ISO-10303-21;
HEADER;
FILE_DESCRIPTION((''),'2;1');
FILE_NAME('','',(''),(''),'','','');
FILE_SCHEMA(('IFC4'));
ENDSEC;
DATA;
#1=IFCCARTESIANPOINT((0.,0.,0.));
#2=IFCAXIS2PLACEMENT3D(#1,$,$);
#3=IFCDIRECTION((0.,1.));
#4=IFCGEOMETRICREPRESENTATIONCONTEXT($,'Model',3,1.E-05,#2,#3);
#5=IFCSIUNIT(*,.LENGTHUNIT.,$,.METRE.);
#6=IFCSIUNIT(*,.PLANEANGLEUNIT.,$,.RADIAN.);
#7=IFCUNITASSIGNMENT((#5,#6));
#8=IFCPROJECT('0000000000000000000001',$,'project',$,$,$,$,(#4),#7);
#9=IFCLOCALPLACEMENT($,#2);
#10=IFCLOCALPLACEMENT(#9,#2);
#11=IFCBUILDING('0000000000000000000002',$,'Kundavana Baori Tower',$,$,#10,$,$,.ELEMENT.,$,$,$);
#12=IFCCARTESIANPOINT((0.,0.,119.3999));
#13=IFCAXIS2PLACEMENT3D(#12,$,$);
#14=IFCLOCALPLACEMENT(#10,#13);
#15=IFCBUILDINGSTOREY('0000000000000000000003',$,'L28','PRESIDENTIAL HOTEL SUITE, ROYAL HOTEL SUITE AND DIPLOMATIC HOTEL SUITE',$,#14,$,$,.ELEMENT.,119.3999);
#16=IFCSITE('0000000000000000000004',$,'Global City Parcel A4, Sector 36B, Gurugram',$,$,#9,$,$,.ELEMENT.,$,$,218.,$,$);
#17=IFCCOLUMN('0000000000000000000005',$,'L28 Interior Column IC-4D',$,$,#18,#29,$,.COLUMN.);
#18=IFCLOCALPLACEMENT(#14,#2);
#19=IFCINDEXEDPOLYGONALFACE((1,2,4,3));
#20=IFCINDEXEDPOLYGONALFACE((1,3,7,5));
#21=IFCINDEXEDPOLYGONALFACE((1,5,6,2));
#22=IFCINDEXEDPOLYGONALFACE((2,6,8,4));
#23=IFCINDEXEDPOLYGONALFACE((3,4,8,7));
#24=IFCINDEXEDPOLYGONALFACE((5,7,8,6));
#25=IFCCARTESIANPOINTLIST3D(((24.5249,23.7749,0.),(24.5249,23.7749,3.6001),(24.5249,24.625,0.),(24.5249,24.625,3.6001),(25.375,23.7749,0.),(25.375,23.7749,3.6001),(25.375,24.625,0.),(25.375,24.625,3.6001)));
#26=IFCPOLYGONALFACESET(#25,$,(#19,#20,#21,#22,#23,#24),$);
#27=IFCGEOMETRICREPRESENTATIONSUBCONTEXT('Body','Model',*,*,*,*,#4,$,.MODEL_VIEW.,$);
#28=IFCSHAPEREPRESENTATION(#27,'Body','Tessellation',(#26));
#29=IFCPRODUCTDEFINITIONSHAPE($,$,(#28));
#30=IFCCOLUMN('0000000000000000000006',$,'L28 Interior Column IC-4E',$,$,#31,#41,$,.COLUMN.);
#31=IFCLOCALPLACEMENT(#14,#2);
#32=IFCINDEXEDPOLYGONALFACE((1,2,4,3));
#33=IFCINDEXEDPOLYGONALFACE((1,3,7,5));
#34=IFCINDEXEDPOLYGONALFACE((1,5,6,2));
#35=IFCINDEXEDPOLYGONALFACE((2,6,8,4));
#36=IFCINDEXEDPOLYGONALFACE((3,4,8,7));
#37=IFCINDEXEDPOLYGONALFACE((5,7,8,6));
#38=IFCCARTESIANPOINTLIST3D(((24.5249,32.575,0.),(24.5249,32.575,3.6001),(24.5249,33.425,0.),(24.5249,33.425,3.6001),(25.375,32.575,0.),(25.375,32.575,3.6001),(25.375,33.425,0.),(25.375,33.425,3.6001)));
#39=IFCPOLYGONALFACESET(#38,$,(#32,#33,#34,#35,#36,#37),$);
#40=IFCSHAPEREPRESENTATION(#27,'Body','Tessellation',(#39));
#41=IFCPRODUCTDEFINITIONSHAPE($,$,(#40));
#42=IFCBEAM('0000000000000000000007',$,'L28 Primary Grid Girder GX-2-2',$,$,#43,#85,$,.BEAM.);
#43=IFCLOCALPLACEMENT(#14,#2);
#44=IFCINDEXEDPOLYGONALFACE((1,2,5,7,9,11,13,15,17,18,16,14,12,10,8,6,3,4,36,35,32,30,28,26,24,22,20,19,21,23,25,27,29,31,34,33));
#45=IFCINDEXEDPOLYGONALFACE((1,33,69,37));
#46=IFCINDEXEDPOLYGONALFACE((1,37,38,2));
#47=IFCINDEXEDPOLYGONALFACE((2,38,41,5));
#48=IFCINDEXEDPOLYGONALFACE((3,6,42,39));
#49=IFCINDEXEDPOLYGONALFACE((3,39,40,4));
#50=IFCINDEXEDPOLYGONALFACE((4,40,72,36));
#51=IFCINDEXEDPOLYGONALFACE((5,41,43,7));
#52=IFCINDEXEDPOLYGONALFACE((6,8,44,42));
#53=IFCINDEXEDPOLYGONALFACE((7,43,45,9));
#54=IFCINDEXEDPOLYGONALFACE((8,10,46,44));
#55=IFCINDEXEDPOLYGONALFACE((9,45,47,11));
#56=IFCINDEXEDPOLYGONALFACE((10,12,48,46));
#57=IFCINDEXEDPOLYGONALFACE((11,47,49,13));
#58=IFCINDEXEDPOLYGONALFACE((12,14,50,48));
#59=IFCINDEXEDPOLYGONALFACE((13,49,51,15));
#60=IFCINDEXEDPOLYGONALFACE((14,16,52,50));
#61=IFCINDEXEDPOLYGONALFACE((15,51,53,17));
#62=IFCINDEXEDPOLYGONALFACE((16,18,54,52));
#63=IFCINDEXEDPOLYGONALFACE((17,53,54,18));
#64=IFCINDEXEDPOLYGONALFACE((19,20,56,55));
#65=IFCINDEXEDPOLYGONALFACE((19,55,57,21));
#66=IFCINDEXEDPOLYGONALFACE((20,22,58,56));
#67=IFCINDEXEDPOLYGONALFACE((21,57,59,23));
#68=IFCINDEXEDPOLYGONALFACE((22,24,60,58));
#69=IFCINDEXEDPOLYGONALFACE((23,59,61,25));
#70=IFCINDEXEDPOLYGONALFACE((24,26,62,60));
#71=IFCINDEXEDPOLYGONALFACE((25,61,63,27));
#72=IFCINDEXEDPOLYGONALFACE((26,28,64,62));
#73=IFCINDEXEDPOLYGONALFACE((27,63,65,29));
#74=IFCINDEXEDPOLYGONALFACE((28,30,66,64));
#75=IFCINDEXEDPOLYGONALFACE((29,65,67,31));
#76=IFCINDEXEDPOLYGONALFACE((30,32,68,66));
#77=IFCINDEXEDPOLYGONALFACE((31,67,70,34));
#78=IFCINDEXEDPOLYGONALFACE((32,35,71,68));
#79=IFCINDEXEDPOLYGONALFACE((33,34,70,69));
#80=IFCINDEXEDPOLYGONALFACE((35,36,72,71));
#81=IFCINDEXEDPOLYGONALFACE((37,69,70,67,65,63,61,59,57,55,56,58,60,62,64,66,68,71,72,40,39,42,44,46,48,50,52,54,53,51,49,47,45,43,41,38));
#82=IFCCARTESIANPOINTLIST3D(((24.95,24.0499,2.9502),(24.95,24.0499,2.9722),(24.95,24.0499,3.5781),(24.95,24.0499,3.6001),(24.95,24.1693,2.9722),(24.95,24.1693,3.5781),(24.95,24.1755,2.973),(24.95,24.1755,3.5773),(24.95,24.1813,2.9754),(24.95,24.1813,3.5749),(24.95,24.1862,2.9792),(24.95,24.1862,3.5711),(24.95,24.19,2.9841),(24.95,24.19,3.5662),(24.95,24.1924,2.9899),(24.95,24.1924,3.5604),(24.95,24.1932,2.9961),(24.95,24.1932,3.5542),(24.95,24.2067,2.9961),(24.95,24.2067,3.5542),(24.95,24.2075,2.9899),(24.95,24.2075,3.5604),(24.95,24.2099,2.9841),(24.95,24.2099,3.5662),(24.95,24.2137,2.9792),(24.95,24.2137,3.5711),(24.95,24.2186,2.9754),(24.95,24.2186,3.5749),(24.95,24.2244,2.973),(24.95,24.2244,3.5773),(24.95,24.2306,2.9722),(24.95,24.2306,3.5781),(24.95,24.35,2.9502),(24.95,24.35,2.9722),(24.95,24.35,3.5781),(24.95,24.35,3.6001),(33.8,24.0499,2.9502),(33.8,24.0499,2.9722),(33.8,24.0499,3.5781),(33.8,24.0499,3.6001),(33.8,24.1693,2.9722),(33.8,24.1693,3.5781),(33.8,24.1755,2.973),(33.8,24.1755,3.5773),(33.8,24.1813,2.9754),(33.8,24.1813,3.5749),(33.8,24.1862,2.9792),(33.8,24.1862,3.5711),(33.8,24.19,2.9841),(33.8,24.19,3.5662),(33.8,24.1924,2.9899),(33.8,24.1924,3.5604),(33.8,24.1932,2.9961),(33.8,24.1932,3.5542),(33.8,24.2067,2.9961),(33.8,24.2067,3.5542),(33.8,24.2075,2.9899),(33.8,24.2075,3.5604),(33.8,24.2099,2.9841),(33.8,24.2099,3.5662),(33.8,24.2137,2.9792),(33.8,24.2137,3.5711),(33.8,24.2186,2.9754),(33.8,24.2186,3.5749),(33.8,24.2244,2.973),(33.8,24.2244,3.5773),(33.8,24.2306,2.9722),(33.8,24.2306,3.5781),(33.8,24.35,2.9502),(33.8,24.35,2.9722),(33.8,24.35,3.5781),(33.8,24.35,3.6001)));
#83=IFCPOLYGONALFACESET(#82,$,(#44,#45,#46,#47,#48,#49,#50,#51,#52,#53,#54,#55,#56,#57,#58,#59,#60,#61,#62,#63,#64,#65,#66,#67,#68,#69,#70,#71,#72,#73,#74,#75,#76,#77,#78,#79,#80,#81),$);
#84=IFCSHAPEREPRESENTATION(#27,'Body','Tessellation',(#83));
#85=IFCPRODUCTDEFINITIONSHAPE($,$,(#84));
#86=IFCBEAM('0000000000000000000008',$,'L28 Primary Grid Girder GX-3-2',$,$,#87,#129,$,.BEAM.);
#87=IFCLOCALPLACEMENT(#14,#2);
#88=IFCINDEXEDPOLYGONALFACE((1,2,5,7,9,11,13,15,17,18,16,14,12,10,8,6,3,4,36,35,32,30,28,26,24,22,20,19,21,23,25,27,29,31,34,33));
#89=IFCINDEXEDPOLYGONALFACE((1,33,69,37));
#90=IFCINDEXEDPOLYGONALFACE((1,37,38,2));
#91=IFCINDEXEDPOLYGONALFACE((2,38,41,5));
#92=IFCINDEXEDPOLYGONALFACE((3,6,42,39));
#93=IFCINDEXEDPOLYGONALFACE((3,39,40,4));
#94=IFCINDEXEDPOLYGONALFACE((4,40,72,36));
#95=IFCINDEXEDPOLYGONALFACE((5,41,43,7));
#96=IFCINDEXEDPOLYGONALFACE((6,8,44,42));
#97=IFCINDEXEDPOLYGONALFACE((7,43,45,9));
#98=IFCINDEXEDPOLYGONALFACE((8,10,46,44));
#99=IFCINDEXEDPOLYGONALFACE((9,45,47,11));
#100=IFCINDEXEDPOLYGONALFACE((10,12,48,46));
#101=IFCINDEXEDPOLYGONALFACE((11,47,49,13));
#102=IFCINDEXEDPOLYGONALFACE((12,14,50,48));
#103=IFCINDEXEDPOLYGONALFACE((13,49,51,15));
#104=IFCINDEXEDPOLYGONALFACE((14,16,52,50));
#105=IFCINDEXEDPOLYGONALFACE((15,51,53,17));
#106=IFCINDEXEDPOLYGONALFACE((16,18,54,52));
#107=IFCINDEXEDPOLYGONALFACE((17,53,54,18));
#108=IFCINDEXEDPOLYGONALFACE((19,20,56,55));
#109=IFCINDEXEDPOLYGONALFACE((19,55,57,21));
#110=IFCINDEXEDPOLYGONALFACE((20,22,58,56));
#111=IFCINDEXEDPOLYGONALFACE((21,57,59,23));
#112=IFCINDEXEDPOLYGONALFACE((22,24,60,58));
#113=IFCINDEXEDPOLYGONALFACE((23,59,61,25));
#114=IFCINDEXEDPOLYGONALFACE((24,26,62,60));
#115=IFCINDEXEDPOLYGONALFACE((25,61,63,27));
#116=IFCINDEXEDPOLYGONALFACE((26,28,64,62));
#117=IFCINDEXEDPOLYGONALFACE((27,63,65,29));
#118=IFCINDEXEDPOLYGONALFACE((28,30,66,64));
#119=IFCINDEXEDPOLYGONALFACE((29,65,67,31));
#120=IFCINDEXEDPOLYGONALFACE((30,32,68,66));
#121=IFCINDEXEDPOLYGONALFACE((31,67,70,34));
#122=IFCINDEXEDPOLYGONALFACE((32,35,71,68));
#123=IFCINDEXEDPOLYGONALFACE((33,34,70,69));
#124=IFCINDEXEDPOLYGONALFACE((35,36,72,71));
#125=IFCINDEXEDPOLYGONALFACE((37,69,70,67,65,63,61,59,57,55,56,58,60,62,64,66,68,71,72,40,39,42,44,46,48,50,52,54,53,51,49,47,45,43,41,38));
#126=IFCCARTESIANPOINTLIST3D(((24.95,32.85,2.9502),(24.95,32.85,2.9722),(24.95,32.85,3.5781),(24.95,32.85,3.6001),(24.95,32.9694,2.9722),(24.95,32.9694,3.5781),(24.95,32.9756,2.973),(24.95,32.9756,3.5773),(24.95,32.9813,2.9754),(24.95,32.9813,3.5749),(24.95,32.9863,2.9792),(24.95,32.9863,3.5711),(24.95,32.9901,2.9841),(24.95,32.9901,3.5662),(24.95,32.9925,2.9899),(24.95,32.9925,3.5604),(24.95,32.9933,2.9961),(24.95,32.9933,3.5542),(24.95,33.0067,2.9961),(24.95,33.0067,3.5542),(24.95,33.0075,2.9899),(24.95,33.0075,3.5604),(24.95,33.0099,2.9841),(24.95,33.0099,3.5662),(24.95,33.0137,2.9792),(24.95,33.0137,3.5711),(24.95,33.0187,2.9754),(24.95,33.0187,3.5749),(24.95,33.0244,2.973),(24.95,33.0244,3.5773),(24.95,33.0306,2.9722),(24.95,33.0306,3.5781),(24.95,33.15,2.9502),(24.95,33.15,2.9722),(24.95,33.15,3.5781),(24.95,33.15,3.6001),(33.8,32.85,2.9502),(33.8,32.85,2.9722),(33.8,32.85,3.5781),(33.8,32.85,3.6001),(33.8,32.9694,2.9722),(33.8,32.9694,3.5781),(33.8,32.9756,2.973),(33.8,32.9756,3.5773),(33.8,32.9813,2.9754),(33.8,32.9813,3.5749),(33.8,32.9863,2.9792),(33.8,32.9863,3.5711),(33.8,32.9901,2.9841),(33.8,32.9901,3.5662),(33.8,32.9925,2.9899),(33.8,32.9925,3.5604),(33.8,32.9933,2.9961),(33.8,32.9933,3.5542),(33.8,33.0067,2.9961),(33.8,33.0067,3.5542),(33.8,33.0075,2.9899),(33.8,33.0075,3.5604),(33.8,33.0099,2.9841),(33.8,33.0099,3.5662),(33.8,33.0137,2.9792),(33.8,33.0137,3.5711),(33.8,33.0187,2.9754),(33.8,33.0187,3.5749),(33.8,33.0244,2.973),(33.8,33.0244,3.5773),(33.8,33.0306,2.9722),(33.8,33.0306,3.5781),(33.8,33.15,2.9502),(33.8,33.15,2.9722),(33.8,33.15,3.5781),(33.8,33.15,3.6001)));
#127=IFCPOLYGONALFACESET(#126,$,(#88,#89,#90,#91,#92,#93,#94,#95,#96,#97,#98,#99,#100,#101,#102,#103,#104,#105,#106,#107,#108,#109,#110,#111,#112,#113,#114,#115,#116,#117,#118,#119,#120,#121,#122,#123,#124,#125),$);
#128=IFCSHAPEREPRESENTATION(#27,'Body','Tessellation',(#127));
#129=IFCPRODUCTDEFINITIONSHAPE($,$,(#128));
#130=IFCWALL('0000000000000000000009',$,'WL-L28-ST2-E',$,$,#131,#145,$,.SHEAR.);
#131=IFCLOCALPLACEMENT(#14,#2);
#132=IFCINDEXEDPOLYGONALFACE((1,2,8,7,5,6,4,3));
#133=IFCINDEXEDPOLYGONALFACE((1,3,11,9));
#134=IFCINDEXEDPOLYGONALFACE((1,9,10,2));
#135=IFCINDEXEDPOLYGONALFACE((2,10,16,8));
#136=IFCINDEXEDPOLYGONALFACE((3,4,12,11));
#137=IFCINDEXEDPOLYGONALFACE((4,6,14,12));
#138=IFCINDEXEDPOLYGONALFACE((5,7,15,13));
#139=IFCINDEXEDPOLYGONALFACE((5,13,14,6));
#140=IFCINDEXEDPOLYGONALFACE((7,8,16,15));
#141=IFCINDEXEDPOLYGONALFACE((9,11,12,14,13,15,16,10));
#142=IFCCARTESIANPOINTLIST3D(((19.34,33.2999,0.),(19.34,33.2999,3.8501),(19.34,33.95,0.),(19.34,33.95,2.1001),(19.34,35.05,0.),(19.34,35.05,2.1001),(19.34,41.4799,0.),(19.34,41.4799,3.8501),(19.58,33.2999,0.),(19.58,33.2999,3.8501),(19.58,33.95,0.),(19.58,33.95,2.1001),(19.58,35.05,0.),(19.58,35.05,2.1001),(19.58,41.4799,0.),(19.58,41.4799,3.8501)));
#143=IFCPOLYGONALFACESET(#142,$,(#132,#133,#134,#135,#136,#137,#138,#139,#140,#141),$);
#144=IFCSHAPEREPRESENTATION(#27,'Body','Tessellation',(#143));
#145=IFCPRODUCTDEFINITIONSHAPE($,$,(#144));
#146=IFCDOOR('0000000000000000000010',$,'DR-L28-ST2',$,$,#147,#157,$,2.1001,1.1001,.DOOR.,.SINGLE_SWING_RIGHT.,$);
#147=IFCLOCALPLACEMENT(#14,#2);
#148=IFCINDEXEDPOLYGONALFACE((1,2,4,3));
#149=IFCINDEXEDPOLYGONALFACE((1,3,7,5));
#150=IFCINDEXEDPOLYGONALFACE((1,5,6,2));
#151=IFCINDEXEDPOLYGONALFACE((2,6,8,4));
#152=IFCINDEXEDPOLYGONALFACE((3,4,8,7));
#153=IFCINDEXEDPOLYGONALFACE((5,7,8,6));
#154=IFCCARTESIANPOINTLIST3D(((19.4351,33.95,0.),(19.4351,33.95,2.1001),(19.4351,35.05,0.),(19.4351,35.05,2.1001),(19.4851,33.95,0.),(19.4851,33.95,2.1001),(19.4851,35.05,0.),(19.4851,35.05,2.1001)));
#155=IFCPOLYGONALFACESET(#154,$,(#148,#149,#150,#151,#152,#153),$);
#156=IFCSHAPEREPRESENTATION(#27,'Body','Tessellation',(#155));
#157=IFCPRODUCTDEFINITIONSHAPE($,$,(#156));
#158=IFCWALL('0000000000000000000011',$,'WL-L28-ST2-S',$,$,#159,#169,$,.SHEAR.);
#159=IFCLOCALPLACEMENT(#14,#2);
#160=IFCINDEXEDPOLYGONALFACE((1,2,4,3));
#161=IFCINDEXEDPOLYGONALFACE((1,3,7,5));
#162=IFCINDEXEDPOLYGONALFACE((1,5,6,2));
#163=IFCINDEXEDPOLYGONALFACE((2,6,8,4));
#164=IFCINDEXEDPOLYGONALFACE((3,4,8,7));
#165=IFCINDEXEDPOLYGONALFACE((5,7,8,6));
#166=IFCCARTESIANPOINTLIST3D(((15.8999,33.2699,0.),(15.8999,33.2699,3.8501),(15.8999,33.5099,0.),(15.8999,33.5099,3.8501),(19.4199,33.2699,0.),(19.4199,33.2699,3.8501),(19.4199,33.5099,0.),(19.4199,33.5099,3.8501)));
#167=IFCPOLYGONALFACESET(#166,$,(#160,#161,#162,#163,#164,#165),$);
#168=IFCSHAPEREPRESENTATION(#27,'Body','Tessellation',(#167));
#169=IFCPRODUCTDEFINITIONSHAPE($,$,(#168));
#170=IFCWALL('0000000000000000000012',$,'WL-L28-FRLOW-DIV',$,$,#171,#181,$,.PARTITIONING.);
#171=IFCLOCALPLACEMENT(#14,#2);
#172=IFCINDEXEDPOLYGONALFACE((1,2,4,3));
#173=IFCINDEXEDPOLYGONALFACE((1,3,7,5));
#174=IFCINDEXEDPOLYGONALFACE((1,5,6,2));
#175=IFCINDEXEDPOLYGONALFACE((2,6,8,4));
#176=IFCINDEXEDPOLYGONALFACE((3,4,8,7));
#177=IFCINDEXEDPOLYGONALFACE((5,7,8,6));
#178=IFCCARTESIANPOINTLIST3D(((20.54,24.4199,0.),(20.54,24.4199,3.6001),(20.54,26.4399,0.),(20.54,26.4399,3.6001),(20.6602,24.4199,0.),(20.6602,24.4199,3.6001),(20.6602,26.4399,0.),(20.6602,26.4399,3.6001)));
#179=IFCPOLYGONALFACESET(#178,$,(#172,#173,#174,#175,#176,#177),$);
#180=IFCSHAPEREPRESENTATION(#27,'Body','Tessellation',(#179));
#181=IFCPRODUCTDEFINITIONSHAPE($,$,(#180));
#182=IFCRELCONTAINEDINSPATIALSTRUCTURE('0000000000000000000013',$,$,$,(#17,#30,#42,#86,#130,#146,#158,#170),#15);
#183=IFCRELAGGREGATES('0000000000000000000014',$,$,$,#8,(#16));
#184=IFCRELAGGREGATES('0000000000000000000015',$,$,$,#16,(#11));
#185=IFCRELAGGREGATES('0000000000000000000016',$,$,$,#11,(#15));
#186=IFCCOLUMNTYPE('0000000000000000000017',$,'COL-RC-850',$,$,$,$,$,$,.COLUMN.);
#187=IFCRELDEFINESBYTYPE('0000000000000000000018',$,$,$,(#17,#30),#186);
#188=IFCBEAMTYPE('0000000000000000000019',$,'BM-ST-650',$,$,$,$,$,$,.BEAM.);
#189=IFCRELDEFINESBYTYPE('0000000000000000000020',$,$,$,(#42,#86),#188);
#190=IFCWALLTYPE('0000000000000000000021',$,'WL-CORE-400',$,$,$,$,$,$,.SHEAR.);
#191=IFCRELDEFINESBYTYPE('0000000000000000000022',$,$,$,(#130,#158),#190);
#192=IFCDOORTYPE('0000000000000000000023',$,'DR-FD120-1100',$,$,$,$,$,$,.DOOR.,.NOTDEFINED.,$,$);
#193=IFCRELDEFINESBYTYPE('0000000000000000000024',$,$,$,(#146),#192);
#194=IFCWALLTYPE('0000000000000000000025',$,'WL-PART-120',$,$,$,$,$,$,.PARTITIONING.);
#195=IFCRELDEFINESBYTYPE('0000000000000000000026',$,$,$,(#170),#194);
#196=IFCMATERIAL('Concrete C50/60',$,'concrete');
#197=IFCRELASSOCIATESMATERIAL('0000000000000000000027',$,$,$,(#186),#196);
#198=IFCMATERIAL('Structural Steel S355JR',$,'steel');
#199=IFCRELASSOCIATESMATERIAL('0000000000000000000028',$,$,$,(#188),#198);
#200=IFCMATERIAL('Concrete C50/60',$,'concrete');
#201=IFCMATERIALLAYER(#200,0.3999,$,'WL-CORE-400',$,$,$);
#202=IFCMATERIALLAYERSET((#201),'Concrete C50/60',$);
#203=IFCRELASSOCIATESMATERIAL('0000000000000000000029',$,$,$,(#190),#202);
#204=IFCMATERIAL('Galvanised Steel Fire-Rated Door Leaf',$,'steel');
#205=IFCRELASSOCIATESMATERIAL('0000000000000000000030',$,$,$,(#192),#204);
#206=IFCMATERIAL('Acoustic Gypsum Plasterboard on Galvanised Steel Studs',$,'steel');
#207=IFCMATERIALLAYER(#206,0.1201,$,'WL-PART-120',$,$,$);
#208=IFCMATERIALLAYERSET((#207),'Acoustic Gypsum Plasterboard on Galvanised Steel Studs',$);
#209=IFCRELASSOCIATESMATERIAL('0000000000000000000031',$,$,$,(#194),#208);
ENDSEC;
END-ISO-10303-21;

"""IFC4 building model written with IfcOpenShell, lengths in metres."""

from ifc_helpers import new_model, si_unit, direction, frame, frame_2d, origin, origin_2d, place, context, subcontext, project, spatial, rectangle, i_section, extrude, material, layer, layer_set, material_profile, profile_set, type_object, element, fill, save


model = new_model("IFC4")

# Units and contexts
model_context = context("Model", 3, precision=1e-05, world=origin(), true_north=direction((0.0, 1.0)))
body_context = subcontext(model_context, "Body", "Model", "MODEL_VIEW")
ifc_project = project(units=[si_unit("LENGTHUNIT", "METRE"), si_unit("PLANEANGLEUNIT", "RADIAN")], contexts=[model_context])

# Site, building, storey
site_placement = place(None, origin())
site = spatial("IfcSite", under=ifc_project, at=site_placement, Name="Global City Parcel A4, Sector 36B, Gurugram", CompositionType="ELEMENT", RefElevation=218.0)
building_placement = place(site_placement, origin())
building = spatial("IfcBuilding", under=site, at=building_placement, Name="Kundavana Baori Tower", CompositionType="ELEMENT")
storey_placement = place(building_placement, frame((0.0, 0.0, 119.3999)))
storey = spatial("IfcBuildingStorey", under=building, at=storey_placement, Name="L28", Description="PRESIDENTIAL HOTEL SUITE, ROYAL HOTEL SUITE AND DIPLOMATIC HOTEL SUITE", CompositionType="ELEMENT", Elevation=119.3999)

# Columns
ifc_material_1 = material(Name="Concrete C50/60", Category="concrete")
ifc_material_profile_1 = material_profile(ifc_material_1, rectangle(XDim=0.8501, YDim=0.8501, at=origin_2d()), Name="RC 850x850")
ifc_profile_set_1 = profile_set([ifc_material_profile_1], Name="Concrete C50/60")
column_type = type_object("IfcColumnType", Name="COL-RC-850", PredefinedType="COLUMN", material=ifc_profile_set_1)
for number, where, z_axis, x_axis, name in (
    (1, (24.95, 24.2, 0.0), (0.0, 0.0, 1.0), (1.0, 0.0, 0.0), "L28 Interior Column IC-4D"),
    (2, (24.95, 33.0, 0.0), (0.0, 0.0, 1.0), (1.0, 0.0, 0.0), "L28 Interior Column IC-4E"),
):
    element("IfcColumn", number, at=place(storey_placement, frame(where, z_axis=z_axis, x_axis=x_axis)), inside=storey, type_object=column_type, Name=name, PredefinedType="COLUMN", context=body_context, shape_type="SweptSolid", body=[
        extrude(rectangle(XDim=0.8501, YDim=0.8501, at=origin_2d()), origin(), (0.0, 0.0, 1.0), 3.6001),
    ])

# Beams
ifc_material_2 = material(Name="Structural Steel S355JR", Category="steel")
ifc_material_profile_2 = material_profile(ifc_material_2, i_section(OverallWidth=0.3, OverallDepth=0.6499, WebThickness=0.0134, FlangeThickness=0.022, FilletRadius=0.0239, at=origin_2d()), Name="NPB 650x300x155")
ifc_profile_set_2 = profile_set([ifc_material_profile_2], Name="Structural Steel S355JR")
beam_type = type_object("IfcBeamType", Name="BM-ST-650", PredefinedType="BEAM", material=ifc_profile_set_2)
for number, where, z_axis, x_axis, name in (
    (3, (24.95, 24.2, 3.2751), (1.0, 0.0, 0.0), (0.0, 1.0, 0.0), "L28 Primary Grid Girder GX-2-2"),
    (4, (24.95, 33.0, 3.2751), (1.0, 0.0, 0.0), (0.0, 1.0, 0.0), "L28 Primary Grid Girder GX-3-2"),
):
    element("IfcBeam", number, at=place(storey_placement, frame(where, z_axis=z_axis, x_axis=x_axis)), inside=storey, type_object=beam_type, Name=name, PredefinedType="BEAM", context=body_context, shape_type="SweptSolid", body=[
        extrude(i_section(OverallWidth=0.3, OverallDepth=0.6499, WebThickness=0.0134, FlangeThickness=0.022, FilletRadius=0.0239, at=origin_2d()), origin(), (0.0, 0.0, 1.0), 8.8501),
    ])

# Wall, opening, door
ifc_material_3 = material(Name="Concrete C50/60", Category="concrete")
ifc_layer_1 = layer(ifc_material_3, 0.3999, Name="WL-CORE-400")
ifc_layer_set_1 = layer_set([ifc_layer_1], Name="Concrete C50/60")
wall_type_1 = type_object("IfcWallType", Name="WL-CORE-400", PredefinedType="SHEAR", material=ifc_layer_set_1)
wall_1_placement = place(storey_placement, frame((19.46, 33.3, 0.0), z_axis=(0.0, 0.0, 1.0), x_axis=(0.0, 1.0, 0.0)))
wall_1 = element("IfcWall", 5, at=wall_1_placement, inside=storey, type_object=wall_type_1, Name="WL-L28-ST2-E", PredefinedType="SHEAR", context=body_context, shape_type="SweptSolid", body=[
    extrude(rectangle(XDim=8.1799, YDim=0.24, at=frame_2d((4.0898, 0.0))), origin(), (0.0, 0.0, 1.0), 3.8501),
])
opening_1_placement = place(wall_1_placement, frame((0.6499, 0.0, 0.0)))
opening_1 = element("IfcOpeningElement", 6, at=opening_1_placement, cuts=wall_1, PredefinedType="OPENING", context=body_context, shape_type="SweptSolid", body=[
    extrude(rectangle(XDim=1.1001, YDim=2.1001, at=frame_2d((0.55, 1.05))), frame((0.0, 0.1299, 0.0), z_axis=(0.0, -1.0, 0.0), x_axis=(1.0, 0.0, 0.0)), (0.0, 0.0, 1.0), 0.26),
])
ifc_material_4 = material(Name="Galvanised Steel Fire-Rated Door Leaf", Category="steel")
door_type_1 = type_object("IfcDoorType", Name="DR-FD120-1100", OperationType="NOTDEFINED", PredefinedType="DOOR", material=ifc_material_4)
door_1_placement = place(opening_1_placement, origin())
door_1 = element("IfcDoor", 7, at=door_1_placement, inside=storey, type_object=door_type_1, Name="DR-L28-ST2", OperationType="SINGLE_SWING_RIGHT", OverallHeight=2.1001, OverallWidth=1.1001, PredefinedType="DOOR", context=body_context, shape_type="SweptSolid", body=[
    extrude(rectangle(XDim=1.1001, YDim=2.1001, at=frame_2d((0.55, 1.05))), frame((0.0, 0.0249, 0.0), z_axis=(0.0, -1.0, 0.0), x_axis=(1.0, 0.0, 0.0)), (0.0, 0.0, 1.0), 0.05),
])
fill(opening_1, door_1)

# Walls
wall_2_placement = place(storey_placement, frame((15.8999, 33.3899, 0.0), z_axis=(0.0, 0.0, 1.0), x_axis=(1.0, 0.0, 0.0)))
element("IfcWall", 8, at=wall_2_placement, inside=storey, type_object=wall_type_1, Name="WL-L28-ST2-S", PredefinedType="SHEAR", context=body_context, shape_type="SweptSolid", body=[
    extrude(rectangle(XDim=3.52, YDim=0.24, at=frame_2d((1.76, 0.0))), origin(), (0.0, 0.0, 1.0), 3.8501),
])
ifc_material_5 = material(Name="Acoustic Gypsum Plasterboard on Galvanised Steel Studs", Category="steel")
ifc_layer_2 = layer(ifc_material_5, 0.1201, Name="WL-PART-120")
ifc_layer_set_2 = layer_set([ifc_layer_2], Name="Acoustic Gypsum Plasterboard on Galvanised Steel Studs")
wall_type_2 = type_object("IfcWallType", Name="WL-PART-120", PredefinedType="PARTITIONING", material=ifc_layer_set_2)
wall_3_placement = place(storey_placement, frame((20.6001, 24.4199, 0.0), z_axis=(0.0, 0.0, 1.0), x_axis=(0.0, 1.0, 0.0)))
element("IfcWall", 9, at=wall_3_placement, inside=storey, type_object=wall_type_2, Name="WL-L28-FRLOW-DIV", PredefinedType="PARTITIONING", context=body_context, shape_type="SweptSolid", body=[
    extrude(rectangle(XDim=2.02, YDim=0.1201, at=frame_2d((1.01, 0.0))), origin(), (0.0, 0.0, 1.0), 3.6001),
])

save(model, "model.ifc")
